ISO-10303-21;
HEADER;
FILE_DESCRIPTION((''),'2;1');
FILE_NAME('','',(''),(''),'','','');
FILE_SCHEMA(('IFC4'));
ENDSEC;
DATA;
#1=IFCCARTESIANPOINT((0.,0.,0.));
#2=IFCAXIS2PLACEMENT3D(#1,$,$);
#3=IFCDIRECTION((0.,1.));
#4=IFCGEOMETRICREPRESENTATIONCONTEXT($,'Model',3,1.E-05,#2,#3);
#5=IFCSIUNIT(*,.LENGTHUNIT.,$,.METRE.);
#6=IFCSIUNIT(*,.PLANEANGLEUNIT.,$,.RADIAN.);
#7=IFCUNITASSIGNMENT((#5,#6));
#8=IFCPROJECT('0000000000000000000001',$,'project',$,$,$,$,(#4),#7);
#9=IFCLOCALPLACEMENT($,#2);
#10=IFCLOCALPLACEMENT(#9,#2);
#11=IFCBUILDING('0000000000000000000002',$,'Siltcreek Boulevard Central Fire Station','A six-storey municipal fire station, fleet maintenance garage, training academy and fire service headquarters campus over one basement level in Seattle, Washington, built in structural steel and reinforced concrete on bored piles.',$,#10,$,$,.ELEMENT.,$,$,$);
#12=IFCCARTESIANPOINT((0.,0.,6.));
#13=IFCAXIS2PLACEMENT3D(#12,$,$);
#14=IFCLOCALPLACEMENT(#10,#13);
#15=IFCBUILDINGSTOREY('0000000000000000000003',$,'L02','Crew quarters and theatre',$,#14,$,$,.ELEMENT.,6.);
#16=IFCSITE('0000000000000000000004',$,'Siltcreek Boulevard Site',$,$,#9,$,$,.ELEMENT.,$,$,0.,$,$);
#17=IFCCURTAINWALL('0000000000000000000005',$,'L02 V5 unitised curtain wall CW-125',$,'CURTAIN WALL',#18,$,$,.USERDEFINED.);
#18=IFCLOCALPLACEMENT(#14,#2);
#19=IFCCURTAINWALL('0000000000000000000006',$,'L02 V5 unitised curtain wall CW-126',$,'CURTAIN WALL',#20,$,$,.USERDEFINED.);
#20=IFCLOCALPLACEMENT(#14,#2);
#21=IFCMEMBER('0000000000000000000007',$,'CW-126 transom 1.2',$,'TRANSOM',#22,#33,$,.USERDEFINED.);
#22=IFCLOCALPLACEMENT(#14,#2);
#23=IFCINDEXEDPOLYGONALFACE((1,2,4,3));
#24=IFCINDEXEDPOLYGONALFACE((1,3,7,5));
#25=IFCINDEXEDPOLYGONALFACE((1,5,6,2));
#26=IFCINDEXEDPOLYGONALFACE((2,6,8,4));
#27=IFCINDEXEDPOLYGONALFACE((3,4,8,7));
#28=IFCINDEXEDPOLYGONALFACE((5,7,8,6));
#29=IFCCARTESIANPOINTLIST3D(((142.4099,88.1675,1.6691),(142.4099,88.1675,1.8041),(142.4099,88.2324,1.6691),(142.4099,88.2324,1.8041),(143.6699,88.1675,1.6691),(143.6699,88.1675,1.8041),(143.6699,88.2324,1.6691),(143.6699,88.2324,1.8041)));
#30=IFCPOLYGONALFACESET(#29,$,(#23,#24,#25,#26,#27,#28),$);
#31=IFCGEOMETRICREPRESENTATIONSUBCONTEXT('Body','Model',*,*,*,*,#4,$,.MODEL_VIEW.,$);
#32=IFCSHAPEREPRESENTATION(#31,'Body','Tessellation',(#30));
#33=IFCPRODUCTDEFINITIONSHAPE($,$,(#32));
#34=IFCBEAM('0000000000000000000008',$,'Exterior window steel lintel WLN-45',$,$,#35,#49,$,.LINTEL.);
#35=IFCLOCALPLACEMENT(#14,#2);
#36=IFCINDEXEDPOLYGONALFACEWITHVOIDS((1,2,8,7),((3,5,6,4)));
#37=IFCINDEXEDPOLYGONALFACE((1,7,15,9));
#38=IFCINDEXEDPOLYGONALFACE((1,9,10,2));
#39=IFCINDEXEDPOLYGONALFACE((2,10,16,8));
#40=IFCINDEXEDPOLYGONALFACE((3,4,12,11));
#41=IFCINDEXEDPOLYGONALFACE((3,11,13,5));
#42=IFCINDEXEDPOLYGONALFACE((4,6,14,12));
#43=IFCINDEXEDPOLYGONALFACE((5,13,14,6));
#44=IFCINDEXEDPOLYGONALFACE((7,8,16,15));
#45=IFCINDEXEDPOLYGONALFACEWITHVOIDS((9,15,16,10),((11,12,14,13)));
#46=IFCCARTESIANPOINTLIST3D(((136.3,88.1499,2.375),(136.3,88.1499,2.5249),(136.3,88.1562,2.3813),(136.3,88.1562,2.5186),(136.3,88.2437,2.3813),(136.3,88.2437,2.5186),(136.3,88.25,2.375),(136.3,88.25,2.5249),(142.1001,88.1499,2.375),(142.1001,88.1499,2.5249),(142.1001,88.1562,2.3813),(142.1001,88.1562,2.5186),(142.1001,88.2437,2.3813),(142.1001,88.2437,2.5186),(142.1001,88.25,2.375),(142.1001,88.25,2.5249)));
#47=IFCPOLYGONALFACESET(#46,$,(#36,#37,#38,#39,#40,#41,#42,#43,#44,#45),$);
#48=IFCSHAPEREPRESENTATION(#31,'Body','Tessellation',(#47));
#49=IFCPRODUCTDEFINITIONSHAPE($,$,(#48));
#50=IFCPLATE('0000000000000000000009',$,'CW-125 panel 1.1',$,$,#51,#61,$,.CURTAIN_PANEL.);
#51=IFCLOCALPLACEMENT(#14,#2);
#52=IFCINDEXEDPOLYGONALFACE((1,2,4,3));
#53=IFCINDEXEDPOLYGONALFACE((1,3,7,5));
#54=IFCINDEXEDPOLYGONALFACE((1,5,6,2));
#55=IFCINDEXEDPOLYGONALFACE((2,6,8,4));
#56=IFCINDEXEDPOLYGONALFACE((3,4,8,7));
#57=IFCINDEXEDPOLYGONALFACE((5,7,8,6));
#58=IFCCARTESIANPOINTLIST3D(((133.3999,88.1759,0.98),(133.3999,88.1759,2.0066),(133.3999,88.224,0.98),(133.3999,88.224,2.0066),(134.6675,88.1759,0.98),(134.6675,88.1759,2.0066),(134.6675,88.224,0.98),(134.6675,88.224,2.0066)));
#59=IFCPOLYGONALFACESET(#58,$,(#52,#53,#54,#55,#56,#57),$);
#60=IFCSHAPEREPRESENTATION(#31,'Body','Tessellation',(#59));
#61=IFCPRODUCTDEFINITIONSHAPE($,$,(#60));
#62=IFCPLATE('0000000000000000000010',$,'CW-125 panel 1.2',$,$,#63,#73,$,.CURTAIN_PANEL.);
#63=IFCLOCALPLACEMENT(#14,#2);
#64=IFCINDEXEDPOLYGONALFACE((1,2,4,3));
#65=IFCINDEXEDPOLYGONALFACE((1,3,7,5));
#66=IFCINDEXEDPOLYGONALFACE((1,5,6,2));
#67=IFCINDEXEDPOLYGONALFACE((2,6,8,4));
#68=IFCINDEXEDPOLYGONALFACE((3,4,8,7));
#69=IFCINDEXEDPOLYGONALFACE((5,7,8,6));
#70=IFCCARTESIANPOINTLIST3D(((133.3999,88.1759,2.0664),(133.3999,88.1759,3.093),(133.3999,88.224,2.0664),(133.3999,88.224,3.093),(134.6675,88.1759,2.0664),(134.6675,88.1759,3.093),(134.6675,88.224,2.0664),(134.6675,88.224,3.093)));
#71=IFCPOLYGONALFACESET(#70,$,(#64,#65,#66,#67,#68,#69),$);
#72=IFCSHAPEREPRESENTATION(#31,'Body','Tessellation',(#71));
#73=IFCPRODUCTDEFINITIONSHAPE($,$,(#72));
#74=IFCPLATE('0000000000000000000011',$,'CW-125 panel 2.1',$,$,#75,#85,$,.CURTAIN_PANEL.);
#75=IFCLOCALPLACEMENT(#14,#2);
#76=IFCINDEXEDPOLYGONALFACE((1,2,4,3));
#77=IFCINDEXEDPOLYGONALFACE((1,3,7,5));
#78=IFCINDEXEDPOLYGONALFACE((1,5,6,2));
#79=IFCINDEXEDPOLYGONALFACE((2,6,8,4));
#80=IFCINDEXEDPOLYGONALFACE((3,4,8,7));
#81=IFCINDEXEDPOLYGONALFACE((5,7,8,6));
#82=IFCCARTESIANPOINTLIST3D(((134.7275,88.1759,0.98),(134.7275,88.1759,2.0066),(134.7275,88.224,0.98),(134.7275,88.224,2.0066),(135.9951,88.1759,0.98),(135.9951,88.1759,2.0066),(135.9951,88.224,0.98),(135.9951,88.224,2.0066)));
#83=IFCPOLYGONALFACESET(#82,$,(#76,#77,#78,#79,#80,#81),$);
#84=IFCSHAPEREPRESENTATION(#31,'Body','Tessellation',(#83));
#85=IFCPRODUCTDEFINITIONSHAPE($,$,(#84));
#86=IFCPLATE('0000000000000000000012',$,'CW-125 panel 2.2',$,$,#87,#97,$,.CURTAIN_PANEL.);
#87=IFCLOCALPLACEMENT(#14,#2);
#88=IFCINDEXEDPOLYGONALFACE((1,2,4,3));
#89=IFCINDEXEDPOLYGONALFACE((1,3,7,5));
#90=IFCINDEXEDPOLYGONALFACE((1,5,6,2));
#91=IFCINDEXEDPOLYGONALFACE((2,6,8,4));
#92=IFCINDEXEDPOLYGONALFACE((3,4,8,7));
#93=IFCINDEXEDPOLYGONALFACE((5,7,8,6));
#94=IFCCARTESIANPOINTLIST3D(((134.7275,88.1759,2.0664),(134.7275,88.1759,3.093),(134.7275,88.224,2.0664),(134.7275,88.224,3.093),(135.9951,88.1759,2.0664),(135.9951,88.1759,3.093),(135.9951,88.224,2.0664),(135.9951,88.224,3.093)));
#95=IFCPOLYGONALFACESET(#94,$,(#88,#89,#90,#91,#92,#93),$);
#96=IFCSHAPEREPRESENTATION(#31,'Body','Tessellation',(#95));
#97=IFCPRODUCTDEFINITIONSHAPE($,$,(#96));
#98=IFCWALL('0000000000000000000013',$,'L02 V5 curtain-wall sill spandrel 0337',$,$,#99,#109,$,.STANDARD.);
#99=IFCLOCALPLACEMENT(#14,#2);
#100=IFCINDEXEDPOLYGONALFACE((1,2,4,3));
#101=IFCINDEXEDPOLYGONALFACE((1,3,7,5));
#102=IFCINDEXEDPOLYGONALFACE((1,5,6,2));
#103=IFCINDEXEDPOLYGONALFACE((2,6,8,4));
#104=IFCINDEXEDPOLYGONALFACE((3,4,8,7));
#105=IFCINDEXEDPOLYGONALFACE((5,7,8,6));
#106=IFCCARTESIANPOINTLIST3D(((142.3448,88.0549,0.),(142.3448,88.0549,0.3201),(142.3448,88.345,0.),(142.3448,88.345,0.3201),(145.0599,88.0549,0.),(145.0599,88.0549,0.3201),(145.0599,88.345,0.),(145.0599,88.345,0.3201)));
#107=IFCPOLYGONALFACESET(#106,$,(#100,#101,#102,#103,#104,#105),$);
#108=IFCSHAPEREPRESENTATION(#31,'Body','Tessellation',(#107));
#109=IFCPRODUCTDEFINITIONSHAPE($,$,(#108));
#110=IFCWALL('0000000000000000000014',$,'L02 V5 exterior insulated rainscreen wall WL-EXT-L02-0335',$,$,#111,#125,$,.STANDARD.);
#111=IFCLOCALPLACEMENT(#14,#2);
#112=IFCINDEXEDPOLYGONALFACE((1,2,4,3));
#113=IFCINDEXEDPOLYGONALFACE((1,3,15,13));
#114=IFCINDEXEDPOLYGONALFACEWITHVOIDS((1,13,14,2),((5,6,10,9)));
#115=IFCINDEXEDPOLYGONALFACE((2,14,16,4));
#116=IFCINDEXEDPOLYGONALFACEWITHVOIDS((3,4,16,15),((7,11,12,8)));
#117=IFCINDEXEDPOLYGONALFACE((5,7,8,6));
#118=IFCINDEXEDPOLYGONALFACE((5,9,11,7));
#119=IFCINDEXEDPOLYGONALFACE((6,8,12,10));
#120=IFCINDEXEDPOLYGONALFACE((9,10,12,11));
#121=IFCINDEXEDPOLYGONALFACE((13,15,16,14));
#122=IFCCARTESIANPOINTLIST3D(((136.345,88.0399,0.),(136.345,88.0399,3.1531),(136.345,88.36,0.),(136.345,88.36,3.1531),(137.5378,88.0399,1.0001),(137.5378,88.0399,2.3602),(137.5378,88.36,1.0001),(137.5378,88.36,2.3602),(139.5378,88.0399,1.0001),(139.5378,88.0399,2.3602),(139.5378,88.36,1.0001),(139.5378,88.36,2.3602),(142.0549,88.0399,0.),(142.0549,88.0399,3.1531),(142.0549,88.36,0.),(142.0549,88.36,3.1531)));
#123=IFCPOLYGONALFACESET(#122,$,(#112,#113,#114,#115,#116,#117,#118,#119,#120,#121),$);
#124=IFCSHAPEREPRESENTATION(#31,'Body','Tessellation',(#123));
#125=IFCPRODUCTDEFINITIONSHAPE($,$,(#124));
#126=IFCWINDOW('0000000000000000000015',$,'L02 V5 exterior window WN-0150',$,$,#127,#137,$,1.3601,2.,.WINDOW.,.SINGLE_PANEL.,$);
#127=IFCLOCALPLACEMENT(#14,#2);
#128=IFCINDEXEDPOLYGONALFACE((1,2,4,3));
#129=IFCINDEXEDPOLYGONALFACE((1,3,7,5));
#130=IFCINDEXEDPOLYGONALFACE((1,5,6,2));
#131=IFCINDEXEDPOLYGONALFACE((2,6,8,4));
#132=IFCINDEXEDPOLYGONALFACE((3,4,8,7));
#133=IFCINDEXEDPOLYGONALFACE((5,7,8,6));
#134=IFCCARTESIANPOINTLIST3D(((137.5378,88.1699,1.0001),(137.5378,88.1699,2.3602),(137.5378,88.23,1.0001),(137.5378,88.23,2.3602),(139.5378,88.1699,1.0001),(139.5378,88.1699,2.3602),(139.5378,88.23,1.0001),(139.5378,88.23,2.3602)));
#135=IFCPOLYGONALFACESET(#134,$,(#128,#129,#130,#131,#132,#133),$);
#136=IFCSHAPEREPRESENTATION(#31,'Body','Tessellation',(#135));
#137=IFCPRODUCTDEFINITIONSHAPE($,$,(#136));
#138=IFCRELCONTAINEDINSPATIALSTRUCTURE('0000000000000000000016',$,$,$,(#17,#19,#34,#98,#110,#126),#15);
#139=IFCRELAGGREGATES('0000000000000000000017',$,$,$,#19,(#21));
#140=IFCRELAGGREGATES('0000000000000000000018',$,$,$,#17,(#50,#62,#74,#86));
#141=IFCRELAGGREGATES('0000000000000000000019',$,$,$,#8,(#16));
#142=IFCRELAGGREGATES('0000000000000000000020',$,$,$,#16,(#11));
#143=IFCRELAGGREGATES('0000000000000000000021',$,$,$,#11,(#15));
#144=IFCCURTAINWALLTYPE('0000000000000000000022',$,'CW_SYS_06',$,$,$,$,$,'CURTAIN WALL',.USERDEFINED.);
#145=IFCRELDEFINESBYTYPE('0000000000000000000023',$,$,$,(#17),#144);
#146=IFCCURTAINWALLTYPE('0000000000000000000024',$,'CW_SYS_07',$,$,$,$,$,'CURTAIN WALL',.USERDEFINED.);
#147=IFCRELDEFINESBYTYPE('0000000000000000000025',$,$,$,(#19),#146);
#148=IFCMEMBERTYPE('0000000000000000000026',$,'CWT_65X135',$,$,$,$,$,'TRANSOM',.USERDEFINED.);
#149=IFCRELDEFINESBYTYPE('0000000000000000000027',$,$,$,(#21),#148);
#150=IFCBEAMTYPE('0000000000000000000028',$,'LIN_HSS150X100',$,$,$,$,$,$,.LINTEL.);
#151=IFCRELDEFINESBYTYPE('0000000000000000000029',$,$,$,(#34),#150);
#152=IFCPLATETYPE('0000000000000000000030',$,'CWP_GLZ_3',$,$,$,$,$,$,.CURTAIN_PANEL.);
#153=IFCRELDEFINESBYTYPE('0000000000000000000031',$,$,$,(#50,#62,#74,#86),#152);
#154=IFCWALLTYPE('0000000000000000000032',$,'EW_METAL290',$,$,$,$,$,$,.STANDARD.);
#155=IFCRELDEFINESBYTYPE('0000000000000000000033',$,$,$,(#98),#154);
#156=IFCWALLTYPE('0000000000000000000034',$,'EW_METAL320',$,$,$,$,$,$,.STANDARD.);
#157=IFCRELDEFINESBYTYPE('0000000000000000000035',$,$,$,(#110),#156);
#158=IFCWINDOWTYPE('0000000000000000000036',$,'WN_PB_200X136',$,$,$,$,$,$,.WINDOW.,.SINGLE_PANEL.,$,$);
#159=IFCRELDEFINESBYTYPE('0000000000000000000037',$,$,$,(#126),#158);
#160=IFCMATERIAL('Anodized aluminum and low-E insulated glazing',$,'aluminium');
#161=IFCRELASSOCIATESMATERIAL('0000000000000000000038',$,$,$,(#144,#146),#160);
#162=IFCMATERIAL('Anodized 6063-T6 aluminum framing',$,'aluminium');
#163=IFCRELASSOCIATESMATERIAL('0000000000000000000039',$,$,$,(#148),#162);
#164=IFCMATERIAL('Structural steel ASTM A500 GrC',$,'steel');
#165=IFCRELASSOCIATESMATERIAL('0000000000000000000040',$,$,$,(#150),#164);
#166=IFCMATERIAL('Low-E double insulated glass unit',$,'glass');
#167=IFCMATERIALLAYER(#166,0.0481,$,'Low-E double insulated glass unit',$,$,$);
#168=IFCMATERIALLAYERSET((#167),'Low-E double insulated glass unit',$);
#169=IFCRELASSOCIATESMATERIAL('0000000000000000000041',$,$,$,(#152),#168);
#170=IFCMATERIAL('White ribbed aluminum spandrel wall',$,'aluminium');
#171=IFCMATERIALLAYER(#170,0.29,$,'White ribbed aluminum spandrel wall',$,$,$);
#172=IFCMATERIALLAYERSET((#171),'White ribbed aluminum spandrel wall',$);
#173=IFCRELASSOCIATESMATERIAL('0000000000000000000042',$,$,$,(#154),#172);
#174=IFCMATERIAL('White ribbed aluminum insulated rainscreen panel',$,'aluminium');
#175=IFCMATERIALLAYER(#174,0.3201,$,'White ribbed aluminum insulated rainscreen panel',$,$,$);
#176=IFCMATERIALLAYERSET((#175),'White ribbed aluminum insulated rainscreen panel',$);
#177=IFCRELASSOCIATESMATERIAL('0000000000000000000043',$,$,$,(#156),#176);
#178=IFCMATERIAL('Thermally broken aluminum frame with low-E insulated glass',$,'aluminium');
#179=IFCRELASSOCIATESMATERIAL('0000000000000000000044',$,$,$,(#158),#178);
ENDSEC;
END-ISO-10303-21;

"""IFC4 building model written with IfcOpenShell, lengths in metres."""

from ifc_helpers import new_model, si_unit, direction, frame, frame_2d, origin, origin_2d, place, context, subcontext, project, spatial, rectangle, hollow_rectangle, extrude, material, layer, layer_set, material_profile, profile_set, type_object, element, fill, aggregate, save


model = new_model("IFC4")

# Units and contexts
model_context = context("Model", 3, precision=1e-05, world=origin(), true_north=direction((0.0, 1.0)))
body_context = subcontext(model_context, "Body", "Model", "MODEL_VIEW")
ifc_project = project(units=[si_unit("LENGTHUNIT", "METRE"), si_unit("PLANEANGLEUNIT", "RADIAN")], contexts=[model_context])

# Site, building, storey
site_placement = place(None, origin())
site = spatial("IfcSite", under=ifc_project, at=site_placement, Name="Siltcreek Boulevard Site", CompositionType="ELEMENT", RefElevation=0.0)
building_placement = place(site_placement, origin())
building = spatial("IfcBuilding", under=site, at=building_placement, Name="Siltcreek Boulevard Central Fire Station", Description="A six-storey municipal fire station, fleet maintenance garage, training academy and fire service headquarters campus over one basement level in Seattle, Washington, built in structural steel and reinforced concrete on bored piles.", CompositionType="ELEMENT")
storey_placement = place(building_placement, frame((0.0, 0.0, 6.0)))
storey = spatial("IfcBuildingStorey", under=building, at=storey_placement, Name="L02", Description="Crew quarters and theatre", CompositionType="ELEMENT", Elevation=6.0)

# Curtain wall
ifc_material_1 = material(Name="Anodized aluminum and low-E insulated glazing", Category="aluminium")
curtain_wall_type_1 = type_object("IfcCurtainWallType", Name="CW_SYS_06", ElementType="CURTAIN WALL", PredefinedType="USERDEFINED", material=ifc_material_1)
curtain_wall_1_placement = place(storey_placement, origin())
curtain_wall_1 = element("IfcCurtainWall", 1, at=curtain_wall_1_placement, inside=storey, type_object=curtain_wall_type_1, Name="L02 V5 unitised curtain wall CW-125", ObjectType="CURTAIN WALL", PredefinedType="USERDEFINED")
ifc_material_2 = material(Name="Anodized 6063-T6 aluminum framing", Category="aluminium")

# Curtain wall
curtain_wall_type_2 = type_object("IfcCurtainWallType", Name="CW_SYS_07", ElementType="CURTAIN WALL", PredefinedType="USERDEFINED", material=ifc_material_1)
curtain_wall_2_placement = place(storey_placement, origin())
curtain_wall_2 = element("IfcCurtainWall", 2, at=curtain_wall_2_placement, inside=storey, type_object=curtain_wall_type_2, Name="L02 V5 unitised curtain wall CW-126", ObjectType="CURTAIN WALL", PredefinedType="USERDEFINED")

# Member
ifc_material_profile_1 = material_profile(ifc_material_2, rectangle(XDim=0.0649, YDim=0.135, at=origin_2d()), Name="TRAN65X135")
ifc_profile_set_1 = profile_set([ifc_material_profile_1], Name="Anodized 6063-T6 aluminum framing")
member_type_1 = type_object("IfcMemberType", Name="CWT_65X135", ElementType="TRANSOM", PredefinedType="USERDEFINED", material=ifc_profile_set_1)
member_1_placement = place(storey_placement, frame((142.4099, 88.2, 1.7366), z_axis=(1.0, 0.0, 0.0), x_axis=(0.0, 1.0, 0.0)))
member_1 = element("IfcMember", 3, at=member_1_placement, type_object=member_type_1, Name="CW-126 transom 1.2", ObjectType="TRANSOM", PredefinedType="USERDEFINED", context=body_context, shape_type="SweptSolid", body=[
    extrude(rectangle(XDim=0.0649, YDim=0.135, at=origin_2d()), origin(), (0.0, 0.0, 1.0), 1.26),
])
aggregate(curtain_wall_2, [member_1])

# Beam
ifc_material_3 = material(Name="Structural steel ASTM A500 GrC", Category="steel")
ifc_material_profile_2 = material_profile(ifc_material_3, hollow_rectangle(XDim=0.1001, YDim=0.1499, WallThickness=0.0063, at=origin_2d()), Name="HSS150X100X6.4")
ifc_profile_set_2 = profile_set([ifc_material_profile_2], Name="Structural steel ASTM A500 GrC")
beam_type_1 = type_object("IfcBeamType", Name="LIN_HSS150X100", PredefinedType="LINTEL", material=ifc_profile_set_2)
beam_placement = place(storey_placement, frame((136.3, 88.2, 2.45), z_axis=(1.0, 0.0, 0.0), x_axis=(0.0, 1.0, 0.0)))
element("IfcBeam", 4, at=beam_placement, inside=storey, type_object=beam_type_1, Name="Exterior window steel lintel WLN-45", PredefinedType="LINTEL", context=body_context, shape_type="SweptSolid", body=[
    extrude(hollow_rectangle(XDim=0.1001, YDim=0.1499, WallThickness=0.0063, at=origin_2d()), origin(), (0.0, 0.0, 1.0), 5.8),
])

# Plates
ifc_material_4 = material(Name="Low-E double insulated glass unit", Category="glass")
ifc_layer_1 = layer(ifc_material_4, 0.0481, Name="Low-E double insulated glass unit")
ifc_layer_set_1 = layer_set([ifc_layer_1], Name="Low-E double insulated glass unit")
plate_type = type_object("IfcPlateType", Name="CWP_GLZ_3", PredefinedType="CURTAIN_PANEL", material=ifc_layer_set_1)
plate_1_placement = place(storey_placement, frame((134.0337, 88.2, 0.98), z_axis=(0.0, 0.0, 1.0), x_axis=(1.0, 0.0, 0.0)))
plate_1 = element("IfcPlate", 5, at=plate_1_placement, type_object=plate_type, Name="CW-125 panel 1.1", PredefinedType="CURTAIN_PANEL", context=body_context, shape_type="SweptSolid", body=[
    extrude(rectangle(XDim=1.2676, YDim=0.0481, at=origin_2d()), origin(), (0.0, 0.0, 1.0), 1.0266),
])
plate_2_placement = place(storey_placement, frame((134.0337, 88.2, 2.0664), z_axis=(0.0, 0.0, 1.0), x_axis=(1.0, 0.0, 0.0)))
plate_2 = element("IfcPlate", 6, at=plate_2_placement, type_object=plate_type, Name="CW-125 panel 1.2", PredefinedType="CURTAIN_PANEL", context=body_context, shape_type="SweptSolid", body=[
    extrude(rectangle(XDim=1.2676, YDim=0.0481, at=origin_2d()), origin(), (0.0, 0.0, 1.0), 1.0266),
])
plate_3_placement = place(storey_placement, frame((135.3613, 88.2, 0.98), z_axis=(0.0, 0.0, 1.0), x_axis=(1.0, 0.0, 0.0)))
plate_3 = element("IfcPlate", 7, at=plate_3_placement, type_object=plate_type, Name="CW-125 panel 2.1", PredefinedType="CURTAIN_PANEL", context=body_context, shape_type="SweptSolid", body=[
    extrude(rectangle(XDim=1.2676, YDim=0.0481, at=origin_2d()), origin(), (0.0, 0.0, 1.0), 1.0266),
])
plate_4_placement = place(storey_placement, frame((135.3613, 88.2, 2.0664), z_axis=(0.0, 0.0, 1.0), x_axis=(1.0, 0.0, 0.0)))
plate_4 = element("IfcPlate", 8, at=plate_4_placement, type_object=plate_type, Name="CW-125 panel 2.2", PredefinedType="CURTAIN_PANEL", context=body_context, shape_type="SweptSolid", body=[
    extrude(rectangle(XDim=1.2676, YDim=0.0481, at=origin_2d()), origin(), (0.0, 0.0, 1.0), 1.0266),
])
aggregate(curtain_wall_1, [plate_1, plate_2, plate_3, plate_4])

# Wall
ifc_material_5 = material(Name="White ribbed aluminum spandrel wall", Category="aluminium")
ifc_layer_2 = layer(ifc_material_5, 0.29, Name="White ribbed aluminum spandrel wall")
ifc_layer_set_2 = layer_set([ifc_layer_2], Name="White ribbed aluminum spandrel wall")
wall_type_1 = type_object("IfcWallType", Name="EW_METAL290", PredefinedType="STANDARD", material=ifc_layer_set_2)
wall_1_placement = place(storey_placement, frame((142.345, 88.2, 0.0), z_axis=(0.0, 0.0, 1.0), x_axis=(1.0, 0.0, 0.0)))
element("IfcWall", 9, at=wall_1_placement, inside=storey, type_object=wall_type_1, Name="L02 V5 curtain-wall sill spandrel 0337", PredefinedType="STANDARD", context=body_context, shape_type="SweptSolid", body=[
    extrude(rectangle(XDim=2.7151, YDim=0.29, at=frame_2d((1.3574, 0.0))), origin(), (0.0, 0.0, 1.0), 0.3201),
])

# Wall, opening, window
ifc_material_6 = material(Name="White ribbed aluminum insulated rainscreen panel", Category="aluminium")
ifc_layer_3 = layer(ifc_material_6, 0.3201, Name="White ribbed aluminum insulated rainscreen panel")
ifc_layer_set_3 = layer_set([ifc_layer_3], Name="White ribbed aluminum insulated rainscreen panel")
wall_type_2 = type_object("IfcWallType", Name="EW_METAL320", PredefinedType="STANDARD", material=ifc_layer_set_3)
wall_2_placement = place(storey_placement, frame((136.345, 88.2, 0.0), z_axis=(0.0, 0.0, 1.0), x_axis=(1.0, 0.0, 0.0)))
wall_2 = element("IfcWall", 10, at=wall_2_placement, inside=storey, type_object=wall_type_2, Name="L02 V5 exterior insulated rainscreen wall WL-EXT-L02-0335", PredefinedType="STANDARD", context=body_context, shape_type="SweptSolid", body=[
    extrude(rectangle(XDim=5.71, YDim=0.3201, at=frame_2d((2.855, 0.0))), origin(), (0.0, 0.0, 1.0), 3.1531),
])
opening_placement = place(wall_2_placement, frame((1.1929, 0.0, 1.0)))
opening = element("IfcOpeningElement", 11, at=opening_placement, cuts=wall_2, PredefinedType="OPENING", context=body_context, shape_type="SweptSolid", body=[
    extrude(rectangle(XDim=2.0, YDim=1.3601, at=frame_2d((1.0, 0.6802))), frame((0.0, 0.1699, 0.0), z_axis=(0.0, -1.0, 0.0), x_axis=(1.0, 0.0, 0.0)), (0.0, 0.0, 1.0), 0.3401),
])
ifc_material_7 = material(Name="Thermally broken aluminum frame with low-E insulated glass", Category="aluminium")
window_type = type_object("IfcWindowType", Name="WN_PB_200X136", PartitioningType="SINGLE_PANEL", PredefinedType="WINDOW", material=ifc_material_7)
window_placement = place(opening_placement, origin())
window = element("IfcWindow", 12, at=window_placement, inside=storey, type_object=window_type, Name="L02 V5 exterior window WN-0150", OverallHeight=1.3601, OverallWidth=2.0, PartitioningType="SINGLE_PANEL", PredefinedType="WINDOW", context=body_context, shape_type="SweptSolid", body=[
    extrude(rectangle(XDim=2.0, YDim=1.3601, at=frame_2d((1.0, 0.6802))), frame((0.0, 0.03, 0.0), z_axis=(0.0, -1.0, 0.0), x_axis=(1.0, 0.0, 0.0)), (0.0, 0.0, 1.0), 0.0601),
])
fill(opening, window)

save(model, "model.ifc")
